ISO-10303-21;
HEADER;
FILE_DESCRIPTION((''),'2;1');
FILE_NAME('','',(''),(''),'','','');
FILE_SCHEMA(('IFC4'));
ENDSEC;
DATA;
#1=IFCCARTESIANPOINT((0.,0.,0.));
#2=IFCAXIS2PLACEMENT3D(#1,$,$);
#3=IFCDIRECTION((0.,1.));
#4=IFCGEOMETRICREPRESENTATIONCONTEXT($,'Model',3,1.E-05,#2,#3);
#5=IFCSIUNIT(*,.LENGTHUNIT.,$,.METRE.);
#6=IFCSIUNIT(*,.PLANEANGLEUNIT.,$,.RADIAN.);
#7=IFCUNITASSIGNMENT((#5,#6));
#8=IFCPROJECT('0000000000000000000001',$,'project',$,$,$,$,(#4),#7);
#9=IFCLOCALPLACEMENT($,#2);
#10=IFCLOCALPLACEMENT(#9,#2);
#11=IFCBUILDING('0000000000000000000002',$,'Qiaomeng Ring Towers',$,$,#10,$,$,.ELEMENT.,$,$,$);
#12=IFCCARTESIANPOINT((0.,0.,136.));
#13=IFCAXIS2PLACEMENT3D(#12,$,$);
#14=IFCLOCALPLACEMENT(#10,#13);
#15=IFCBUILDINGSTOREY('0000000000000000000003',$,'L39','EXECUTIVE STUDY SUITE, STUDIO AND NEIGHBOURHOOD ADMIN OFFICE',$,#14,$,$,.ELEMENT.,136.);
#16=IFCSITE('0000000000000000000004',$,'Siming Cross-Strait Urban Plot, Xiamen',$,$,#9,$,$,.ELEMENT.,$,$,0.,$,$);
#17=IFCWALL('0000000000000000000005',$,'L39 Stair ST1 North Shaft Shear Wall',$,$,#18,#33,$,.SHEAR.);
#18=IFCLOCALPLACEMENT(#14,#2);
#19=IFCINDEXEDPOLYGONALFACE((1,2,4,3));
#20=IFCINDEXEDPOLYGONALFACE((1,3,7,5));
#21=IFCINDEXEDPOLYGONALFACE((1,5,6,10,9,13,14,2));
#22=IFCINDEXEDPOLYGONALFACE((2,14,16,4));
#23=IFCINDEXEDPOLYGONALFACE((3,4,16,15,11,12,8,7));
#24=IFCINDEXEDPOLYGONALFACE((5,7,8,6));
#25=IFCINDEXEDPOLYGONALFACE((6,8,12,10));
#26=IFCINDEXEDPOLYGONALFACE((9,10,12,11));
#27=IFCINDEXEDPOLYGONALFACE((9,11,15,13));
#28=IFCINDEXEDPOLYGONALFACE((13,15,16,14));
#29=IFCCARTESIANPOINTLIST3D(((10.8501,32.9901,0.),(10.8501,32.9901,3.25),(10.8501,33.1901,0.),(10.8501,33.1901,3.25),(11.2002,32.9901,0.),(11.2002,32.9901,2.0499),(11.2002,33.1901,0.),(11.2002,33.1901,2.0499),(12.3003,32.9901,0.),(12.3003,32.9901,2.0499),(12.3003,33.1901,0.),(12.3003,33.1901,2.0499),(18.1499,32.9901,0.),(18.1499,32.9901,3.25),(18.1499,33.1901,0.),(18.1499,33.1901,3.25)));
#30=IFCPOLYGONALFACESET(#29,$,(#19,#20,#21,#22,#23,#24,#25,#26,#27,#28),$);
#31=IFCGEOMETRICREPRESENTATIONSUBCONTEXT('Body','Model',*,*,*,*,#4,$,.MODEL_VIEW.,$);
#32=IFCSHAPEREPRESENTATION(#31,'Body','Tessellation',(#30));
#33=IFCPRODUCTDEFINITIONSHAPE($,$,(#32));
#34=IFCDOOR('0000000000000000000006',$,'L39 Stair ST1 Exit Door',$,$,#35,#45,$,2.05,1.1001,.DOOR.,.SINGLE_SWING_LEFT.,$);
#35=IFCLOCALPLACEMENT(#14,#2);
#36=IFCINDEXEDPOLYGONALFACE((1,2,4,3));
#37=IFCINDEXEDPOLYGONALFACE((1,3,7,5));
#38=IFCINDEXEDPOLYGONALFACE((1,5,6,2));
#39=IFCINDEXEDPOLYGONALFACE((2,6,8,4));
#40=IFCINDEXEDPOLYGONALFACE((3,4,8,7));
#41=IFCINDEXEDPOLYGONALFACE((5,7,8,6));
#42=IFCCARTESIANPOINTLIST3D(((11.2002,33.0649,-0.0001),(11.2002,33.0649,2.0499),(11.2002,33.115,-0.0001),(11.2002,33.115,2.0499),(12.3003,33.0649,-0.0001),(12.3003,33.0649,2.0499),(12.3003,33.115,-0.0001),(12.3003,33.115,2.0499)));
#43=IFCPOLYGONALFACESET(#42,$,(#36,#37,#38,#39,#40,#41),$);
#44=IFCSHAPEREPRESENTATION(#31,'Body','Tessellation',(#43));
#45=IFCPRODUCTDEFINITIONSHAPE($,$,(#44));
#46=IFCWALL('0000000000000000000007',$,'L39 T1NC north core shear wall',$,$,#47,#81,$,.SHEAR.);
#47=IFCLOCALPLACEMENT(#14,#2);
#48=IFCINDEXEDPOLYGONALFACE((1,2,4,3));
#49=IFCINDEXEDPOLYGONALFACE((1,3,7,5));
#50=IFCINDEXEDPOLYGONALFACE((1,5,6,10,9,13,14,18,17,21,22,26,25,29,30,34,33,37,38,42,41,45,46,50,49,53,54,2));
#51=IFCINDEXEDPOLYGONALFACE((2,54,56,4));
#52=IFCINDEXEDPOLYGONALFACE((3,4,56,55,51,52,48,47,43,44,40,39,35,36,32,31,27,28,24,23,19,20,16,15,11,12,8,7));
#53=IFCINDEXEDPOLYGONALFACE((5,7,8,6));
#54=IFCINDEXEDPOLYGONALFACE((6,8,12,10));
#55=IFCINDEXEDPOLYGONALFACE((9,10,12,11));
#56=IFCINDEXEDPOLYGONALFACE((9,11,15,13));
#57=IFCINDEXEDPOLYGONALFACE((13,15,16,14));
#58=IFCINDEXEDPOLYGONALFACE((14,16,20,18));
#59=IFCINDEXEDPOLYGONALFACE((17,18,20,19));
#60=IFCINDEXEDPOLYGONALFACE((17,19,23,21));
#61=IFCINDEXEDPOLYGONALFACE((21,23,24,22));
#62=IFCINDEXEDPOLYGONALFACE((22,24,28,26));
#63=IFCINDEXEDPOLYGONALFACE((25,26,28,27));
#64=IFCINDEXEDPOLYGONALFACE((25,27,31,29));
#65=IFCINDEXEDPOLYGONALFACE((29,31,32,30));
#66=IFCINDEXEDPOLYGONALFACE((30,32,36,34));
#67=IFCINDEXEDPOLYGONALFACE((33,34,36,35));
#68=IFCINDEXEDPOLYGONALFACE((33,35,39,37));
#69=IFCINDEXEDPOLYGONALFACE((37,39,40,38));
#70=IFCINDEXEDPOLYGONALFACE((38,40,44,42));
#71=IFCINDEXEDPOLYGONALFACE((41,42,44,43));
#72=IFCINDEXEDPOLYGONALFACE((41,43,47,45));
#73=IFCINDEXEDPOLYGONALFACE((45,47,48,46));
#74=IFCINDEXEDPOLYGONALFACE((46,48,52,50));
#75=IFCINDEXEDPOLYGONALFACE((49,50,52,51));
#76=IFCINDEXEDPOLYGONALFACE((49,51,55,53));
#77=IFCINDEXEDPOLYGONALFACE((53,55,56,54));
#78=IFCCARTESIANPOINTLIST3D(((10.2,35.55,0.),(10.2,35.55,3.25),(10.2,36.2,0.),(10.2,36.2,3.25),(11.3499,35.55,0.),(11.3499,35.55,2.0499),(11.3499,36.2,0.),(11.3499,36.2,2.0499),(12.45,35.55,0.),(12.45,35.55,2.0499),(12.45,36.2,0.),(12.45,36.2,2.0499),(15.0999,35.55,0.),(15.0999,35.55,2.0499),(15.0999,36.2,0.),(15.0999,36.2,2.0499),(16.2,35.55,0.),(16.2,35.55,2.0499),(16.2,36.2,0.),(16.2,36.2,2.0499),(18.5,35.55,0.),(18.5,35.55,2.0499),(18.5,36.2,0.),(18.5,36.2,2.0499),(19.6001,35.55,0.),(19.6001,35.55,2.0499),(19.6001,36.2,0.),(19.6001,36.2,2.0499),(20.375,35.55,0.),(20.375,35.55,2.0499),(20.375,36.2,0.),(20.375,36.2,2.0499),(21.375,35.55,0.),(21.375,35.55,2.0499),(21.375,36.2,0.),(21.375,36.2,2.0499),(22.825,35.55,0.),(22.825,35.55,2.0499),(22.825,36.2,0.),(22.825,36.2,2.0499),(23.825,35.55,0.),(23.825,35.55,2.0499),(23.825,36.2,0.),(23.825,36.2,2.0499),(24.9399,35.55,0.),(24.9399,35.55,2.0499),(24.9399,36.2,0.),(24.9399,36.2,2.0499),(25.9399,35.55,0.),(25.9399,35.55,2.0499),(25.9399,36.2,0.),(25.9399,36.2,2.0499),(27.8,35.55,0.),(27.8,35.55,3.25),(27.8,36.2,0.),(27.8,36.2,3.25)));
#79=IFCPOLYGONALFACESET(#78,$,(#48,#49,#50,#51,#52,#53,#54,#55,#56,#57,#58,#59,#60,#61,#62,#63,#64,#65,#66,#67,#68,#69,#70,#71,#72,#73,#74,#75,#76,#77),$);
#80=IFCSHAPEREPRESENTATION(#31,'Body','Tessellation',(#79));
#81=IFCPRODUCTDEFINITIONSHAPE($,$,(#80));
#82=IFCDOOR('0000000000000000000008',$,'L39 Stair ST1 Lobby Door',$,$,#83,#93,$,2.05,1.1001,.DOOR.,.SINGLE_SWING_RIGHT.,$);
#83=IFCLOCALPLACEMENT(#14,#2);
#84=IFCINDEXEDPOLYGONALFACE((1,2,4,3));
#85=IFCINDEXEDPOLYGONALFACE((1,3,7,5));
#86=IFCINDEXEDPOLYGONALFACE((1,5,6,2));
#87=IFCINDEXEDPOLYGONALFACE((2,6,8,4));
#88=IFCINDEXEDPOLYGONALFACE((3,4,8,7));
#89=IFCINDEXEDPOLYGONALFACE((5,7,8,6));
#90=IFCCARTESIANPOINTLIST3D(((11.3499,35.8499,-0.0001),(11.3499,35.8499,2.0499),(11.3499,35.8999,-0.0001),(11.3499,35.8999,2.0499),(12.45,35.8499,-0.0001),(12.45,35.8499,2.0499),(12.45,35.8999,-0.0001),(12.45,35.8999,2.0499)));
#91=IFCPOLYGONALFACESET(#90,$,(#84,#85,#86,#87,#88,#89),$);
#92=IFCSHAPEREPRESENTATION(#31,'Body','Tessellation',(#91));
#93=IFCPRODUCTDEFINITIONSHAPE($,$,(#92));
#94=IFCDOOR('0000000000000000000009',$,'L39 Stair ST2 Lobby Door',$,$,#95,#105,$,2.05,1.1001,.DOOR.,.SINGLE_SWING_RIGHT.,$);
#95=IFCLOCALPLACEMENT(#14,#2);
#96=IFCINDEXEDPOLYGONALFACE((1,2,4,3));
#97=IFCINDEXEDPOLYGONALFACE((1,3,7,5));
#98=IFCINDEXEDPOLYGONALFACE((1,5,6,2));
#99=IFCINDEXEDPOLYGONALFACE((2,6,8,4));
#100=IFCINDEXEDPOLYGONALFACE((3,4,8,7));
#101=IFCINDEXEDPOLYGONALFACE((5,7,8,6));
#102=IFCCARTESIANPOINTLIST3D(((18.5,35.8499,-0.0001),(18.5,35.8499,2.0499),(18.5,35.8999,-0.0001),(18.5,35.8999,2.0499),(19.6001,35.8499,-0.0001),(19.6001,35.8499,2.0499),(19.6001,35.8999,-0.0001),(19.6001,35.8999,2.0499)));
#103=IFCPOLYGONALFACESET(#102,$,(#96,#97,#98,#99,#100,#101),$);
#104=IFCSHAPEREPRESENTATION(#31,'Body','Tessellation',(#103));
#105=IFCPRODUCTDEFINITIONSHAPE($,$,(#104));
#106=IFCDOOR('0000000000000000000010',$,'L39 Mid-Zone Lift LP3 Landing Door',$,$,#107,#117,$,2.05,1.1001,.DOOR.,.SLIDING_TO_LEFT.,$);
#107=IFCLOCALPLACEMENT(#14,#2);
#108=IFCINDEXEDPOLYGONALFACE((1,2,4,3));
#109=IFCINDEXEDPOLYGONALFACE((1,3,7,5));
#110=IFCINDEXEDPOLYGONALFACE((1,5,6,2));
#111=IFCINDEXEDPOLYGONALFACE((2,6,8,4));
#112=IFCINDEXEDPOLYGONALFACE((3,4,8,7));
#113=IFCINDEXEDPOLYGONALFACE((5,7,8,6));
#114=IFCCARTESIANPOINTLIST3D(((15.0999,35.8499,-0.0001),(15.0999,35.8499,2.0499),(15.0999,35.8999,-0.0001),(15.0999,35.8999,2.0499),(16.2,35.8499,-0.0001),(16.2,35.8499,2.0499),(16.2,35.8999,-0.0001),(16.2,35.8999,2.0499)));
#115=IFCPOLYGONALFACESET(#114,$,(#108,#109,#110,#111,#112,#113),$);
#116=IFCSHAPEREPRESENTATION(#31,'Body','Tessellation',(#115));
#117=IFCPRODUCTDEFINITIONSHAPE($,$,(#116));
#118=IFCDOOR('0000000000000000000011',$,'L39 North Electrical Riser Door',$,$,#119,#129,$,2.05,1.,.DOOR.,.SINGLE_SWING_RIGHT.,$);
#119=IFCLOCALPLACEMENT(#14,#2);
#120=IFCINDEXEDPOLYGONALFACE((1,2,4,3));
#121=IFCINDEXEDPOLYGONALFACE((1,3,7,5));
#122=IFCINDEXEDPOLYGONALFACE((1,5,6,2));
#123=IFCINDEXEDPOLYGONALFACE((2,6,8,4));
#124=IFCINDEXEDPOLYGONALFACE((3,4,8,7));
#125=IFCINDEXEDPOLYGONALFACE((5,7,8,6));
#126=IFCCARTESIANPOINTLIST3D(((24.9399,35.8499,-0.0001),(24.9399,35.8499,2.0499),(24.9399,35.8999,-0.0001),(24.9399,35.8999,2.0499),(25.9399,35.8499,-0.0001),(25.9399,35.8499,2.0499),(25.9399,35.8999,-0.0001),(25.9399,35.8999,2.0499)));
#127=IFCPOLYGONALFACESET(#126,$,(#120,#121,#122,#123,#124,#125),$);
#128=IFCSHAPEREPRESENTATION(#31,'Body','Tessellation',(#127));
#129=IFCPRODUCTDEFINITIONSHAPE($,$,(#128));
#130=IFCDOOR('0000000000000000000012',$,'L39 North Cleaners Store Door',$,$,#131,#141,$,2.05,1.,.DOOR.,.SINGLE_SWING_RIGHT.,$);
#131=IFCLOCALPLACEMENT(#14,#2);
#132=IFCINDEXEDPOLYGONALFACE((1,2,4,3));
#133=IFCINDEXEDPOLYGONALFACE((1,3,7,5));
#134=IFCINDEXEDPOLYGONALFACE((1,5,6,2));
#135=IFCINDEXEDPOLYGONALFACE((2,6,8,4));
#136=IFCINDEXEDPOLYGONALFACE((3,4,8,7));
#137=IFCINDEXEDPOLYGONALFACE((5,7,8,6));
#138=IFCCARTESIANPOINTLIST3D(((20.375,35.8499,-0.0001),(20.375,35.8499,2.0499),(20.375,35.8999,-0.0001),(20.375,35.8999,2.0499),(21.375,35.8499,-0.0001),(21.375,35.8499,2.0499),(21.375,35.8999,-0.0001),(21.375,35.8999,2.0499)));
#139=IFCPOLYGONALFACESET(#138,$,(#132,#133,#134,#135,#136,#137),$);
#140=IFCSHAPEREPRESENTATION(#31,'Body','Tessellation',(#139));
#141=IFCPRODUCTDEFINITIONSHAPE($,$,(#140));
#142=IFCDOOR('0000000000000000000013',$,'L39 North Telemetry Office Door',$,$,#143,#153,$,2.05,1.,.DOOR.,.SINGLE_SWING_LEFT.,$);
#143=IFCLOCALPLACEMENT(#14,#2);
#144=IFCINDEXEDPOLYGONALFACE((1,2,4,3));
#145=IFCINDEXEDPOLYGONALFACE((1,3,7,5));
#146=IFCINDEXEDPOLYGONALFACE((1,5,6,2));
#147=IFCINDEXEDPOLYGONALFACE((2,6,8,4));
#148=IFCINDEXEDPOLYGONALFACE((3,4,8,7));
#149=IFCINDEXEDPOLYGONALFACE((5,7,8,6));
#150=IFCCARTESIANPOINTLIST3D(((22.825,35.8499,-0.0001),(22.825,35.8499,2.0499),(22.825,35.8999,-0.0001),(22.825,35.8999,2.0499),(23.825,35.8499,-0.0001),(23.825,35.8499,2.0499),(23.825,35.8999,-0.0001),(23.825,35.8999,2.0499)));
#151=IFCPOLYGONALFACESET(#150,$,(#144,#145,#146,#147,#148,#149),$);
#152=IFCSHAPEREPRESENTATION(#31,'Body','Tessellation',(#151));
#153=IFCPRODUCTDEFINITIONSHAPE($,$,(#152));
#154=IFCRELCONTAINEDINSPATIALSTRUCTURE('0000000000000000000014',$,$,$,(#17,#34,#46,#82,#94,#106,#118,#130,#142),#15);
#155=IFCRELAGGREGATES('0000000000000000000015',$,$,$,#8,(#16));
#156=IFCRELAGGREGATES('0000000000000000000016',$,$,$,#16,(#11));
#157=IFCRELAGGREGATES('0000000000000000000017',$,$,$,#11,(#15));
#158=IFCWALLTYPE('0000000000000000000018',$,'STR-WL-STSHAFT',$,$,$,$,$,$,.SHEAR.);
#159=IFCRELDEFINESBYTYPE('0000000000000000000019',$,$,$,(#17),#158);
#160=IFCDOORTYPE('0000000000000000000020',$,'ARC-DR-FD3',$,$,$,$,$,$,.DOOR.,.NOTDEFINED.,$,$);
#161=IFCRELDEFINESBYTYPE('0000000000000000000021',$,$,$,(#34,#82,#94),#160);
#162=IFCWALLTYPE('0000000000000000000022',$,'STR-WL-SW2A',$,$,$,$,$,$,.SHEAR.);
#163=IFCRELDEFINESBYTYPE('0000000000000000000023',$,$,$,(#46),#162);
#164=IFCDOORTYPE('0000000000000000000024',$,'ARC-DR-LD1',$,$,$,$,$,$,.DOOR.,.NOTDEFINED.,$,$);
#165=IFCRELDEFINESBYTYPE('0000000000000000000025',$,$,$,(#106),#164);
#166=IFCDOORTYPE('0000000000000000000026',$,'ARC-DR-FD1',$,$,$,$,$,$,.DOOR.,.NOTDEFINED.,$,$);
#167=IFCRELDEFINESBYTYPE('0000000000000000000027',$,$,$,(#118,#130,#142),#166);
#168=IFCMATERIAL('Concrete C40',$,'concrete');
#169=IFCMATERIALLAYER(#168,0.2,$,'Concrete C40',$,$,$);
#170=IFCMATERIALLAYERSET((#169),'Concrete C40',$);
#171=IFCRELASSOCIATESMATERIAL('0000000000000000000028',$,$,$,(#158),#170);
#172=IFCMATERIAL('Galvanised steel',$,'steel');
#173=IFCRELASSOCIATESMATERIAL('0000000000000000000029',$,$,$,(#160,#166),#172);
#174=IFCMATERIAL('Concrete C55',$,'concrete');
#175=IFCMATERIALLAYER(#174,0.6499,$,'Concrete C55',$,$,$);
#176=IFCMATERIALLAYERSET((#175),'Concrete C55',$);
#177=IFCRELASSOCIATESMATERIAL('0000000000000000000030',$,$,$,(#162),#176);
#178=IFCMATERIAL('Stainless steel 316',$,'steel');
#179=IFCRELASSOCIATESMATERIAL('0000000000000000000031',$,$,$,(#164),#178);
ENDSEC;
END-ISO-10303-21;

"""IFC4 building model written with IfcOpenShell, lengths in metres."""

from ifc_helpers import new_model, si_unit, direction, frame, frame_2d, origin, place, context, subcontext, project, spatial, rectangle, extrude, source, transform, mapped, material, layer, layer_set, type_object, element, fill, save


model = new_model("IFC4")

# Units and contexts
model_context = context("Model", 3, precision=1e-05, world=origin(), true_north=direction((0.0, 1.0)))
body_context = subcontext(model_context, "Body", "Model", "MODEL_VIEW")
ifc_project = project(units=[si_unit("LENGTHUNIT", "METRE"), si_unit("PLANEANGLEUNIT", "RADIAN")], contexts=[model_context])

# Site, building, storey
site_placement = place(None, origin())
site = spatial("IfcSite", under=ifc_project, at=site_placement, Name="Siming Cross-Strait Urban Plot, Xiamen", CompositionType="ELEMENT", RefElevation=0.0)
building_placement = place(site_placement, origin())
building = spatial("IfcBuilding", under=site, at=building_placement, Name="Qiaomeng Ring Towers", CompositionType="ELEMENT")
storey_placement = place(building_placement, frame((0.0, 0.0, 136.0)))
storey = spatial("IfcBuildingStorey", under=building, at=storey_placement, Name="L39", Description="EXECUTIVE STUDY SUITE, STUDIO AND NEIGHBOURHOOD ADMIN OFFICE", CompositionType="ELEMENT", Elevation=136.0)

# Shared definitions
ifc_material_1 = material(Name="Concrete C40", Category="concrete")
ifc_layer_1 = layer(ifc_material_1, 0.2, Name="Concrete C40")
ifc_layer_set_1 = layer_set([ifc_layer_1], Name="Concrete C40")
wall_type_1 = type_object("IfcWallType", Name="STR-WL-STSHAFT", PredefinedType="SHEAR", material=ifc_layer_set_1)

# Wall, opening, door
wall_1_placement = place(storey_placement, frame((10.8501, 33.0901, 0.0), z_axis=(0.0, 0.0, 1.0), x_axis=(1.0, 0.0, 0.0)))
wall_1 = element("IfcWall", 1, at=wall_1_placement, inside=storey, type_object=wall_type_1, Name="L39 Stair ST1 North Shaft Shear Wall", PredefinedType="SHEAR", context=body_context, shape_type="SweptSolid", body=[
    extrude(rectangle(XDim=7.2998, YDim=0.2, at=frame_2d((3.6499, 0.0))), origin(), (0.0, 0.0, 1.0), 3.25),
])
opening_1_placement = place(wall_1_placement, frame((0.3501, 0.0, 0.0)))
opening_1 = element("IfcOpeningElement", 2, at=opening_1_placement, cuts=wall_1, PredefinedType="OPENING", context=body_context, shape_type="SweptSolid", body=[
    extrude(rectangle(XDim=1.1001, YDim=2.05, at=frame_2d((0.55, 1.0249))), frame((0.0, 0.1099, 0.0), z_axis=(0.0, -1.0, 0.0), x_axis=(1.0, 0.0, 0.0)), (0.0, 0.0, 1.0), 0.22),
])
ifc_material_2 = material(Name="Galvanised steel", Category="steel")
door_type_1 = type_object("IfcDoorType", Name="ARC-DR-FD3", OperationType="NOTDEFINED", PredefinedType="DOOR", material=ifc_material_2)
shared_shape_1 = source(origin(), body_context, "Body", "SweptSolid", [
    extrude(rectangle(XDim=1.1001, YDim=2.05, at=frame_2d((0.55, 1.0249))), frame((0.0, 0.0249, 0.0), z_axis=(0.0, -1.0, 0.0), x_axis=(1.0, 0.0, 0.0)), (0.0, 0.0, 1.0), 0.05),
])
door_1_placement = place(opening_1_placement, origin())
door_1 = element("IfcDoor", 3, at=door_1_placement, inside=storey, type_object=door_type_1, Name="L39 Stair ST1 Exit Door", OperationType="SINGLE_SWING_LEFT", OverallHeight=2.05, OverallWidth=1.1001, PredefinedType="DOOR", context=body_context, shape_type="MappedRepresentation", body=[
    mapped(shared_shape_1, transform((0.0, 0.0, 0.0), x_axis=(1.0, 0.0, 0.0), y_axis=(0.0, 1.0, 0.0), z_axis=(0.0, 0.0, 1.0), scale=1.0)),
])
fill(opening_1, door_1)

# Wall, openings, doors
ifc_material_3 = material(Name="Concrete C55", Category="concrete")
ifc_layer_2 = layer(ifc_material_3, 0.6499, Name="Concrete C55")
ifc_layer_set_2 = layer_set([ifc_layer_2], Name="Concrete C55")
wall_type_2 = type_object("IfcWallType", Name="STR-WL-SW2A", PredefinedType="SHEAR", material=ifc_layer_set_2)
wall_2_placement = place(storey_placement, frame((10.2, 35.875, 0.0), z_axis=(0.0, 0.0, 1.0), x_axis=(1.0, 0.0, 0.0)))
wall_2 = element("IfcWall", 4, at=wall_2_placement, inside=storey, type_object=wall_type_2, Name="L39 T1NC north core shear wall", PredefinedType="SHEAR", context=body_context, shape_type="SweptSolid", body=[
    extrude(rectangle(XDim=17.6001, YDim=0.6499, at=frame_2d((8.8, 0.0))), origin(), (0.0, 0.0, 1.0), 3.25),
])
opening_2_placement = place(wall_2_placement, frame((1.1499, 0.0, 0.0)))
opening_2 = element("IfcOpeningElement", 5, at=opening_2_placement, cuts=wall_2, PredefinedType="OPENING", context=body_context, shape_type="SweptSolid", body=[
    extrude(rectangle(XDim=1.1001, YDim=2.05, at=frame_2d((0.55, 1.0249))), frame((0.0, 0.335, 0.0), z_axis=(0.0, -1.0, 0.0), x_axis=(1.0, 0.0, 0.0)), (0.0, 0.0, 1.0), 0.6699),
])
opening_3_placement = place(wall_2_placement, frame((8.3, 0.0, 0.0)))
opening_3 = element("IfcOpeningElement", 6, at=opening_3_placement, cuts=wall_2, PredefinedType="OPENING", context=body_context, shape_type="SweptSolid", body=[
    extrude(rectangle(XDim=1.1001, YDim=2.05, at=frame_2d((0.55, 1.0249))), frame((0.0, 0.335, 0.0), z_axis=(0.0, -1.0, 0.0), x_axis=(1.0, 0.0, 0.0)), (0.0, 0.0, 1.0), 0.6699),
])
opening_4_placement = place(wall_2_placement, frame((4.8999, 0.0, 0.0)))
opening_4 = element("IfcOpeningElement", 7, at=opening_4_placement, cuts=wall_2, PredefinedType="OPENING", context=body_context, shape_type="SweptSolid", body=[
    extrude(rectangle(XDim=1.1001, YDim=2.05, at=frame_2d((0.55, 1.0249))), frame((0.0, 0.335, 0.0), z_axis=(0.0, -1.0, 0.0), x_axis=(1.0, 0.0, 0.0)), (0.0, 0.0, 1.0), 0.6699),
])
opening_5_placement = place(wall_2_placement, frame((14.74, 0.0, 0.0)))
opening_5 = element("IfcOpeningElement", 8, at=opening_5_placement, cuts=wall_2, PredefinedType="OPENING", context=body_context, shape_type="SweptSolid", body=[
    extrude(rectangle(XDim=1.0, YDim=2.05, at=frame_2d((0.5, 1.0249))), frame((0.0, 0.335, 0.0), z_axis=(0.0, -1.0, 0.0), x_axis=(1.0, 0.0, 0.0)), (0.0, 0.0, 1.0), 0.6699),
])
opening_6_placement = place(wall_2_placement, frame((10.175, 0.0, 0.0)))
opening_6 = element("IfcOpeningElement", 9, at=opening_6_placement, cuts=wall_2, PredefinedType="OPENING", context=body_context, shape_type="SweptSolid", body=[
    extrude(rectangle(XDim=1.0, YDim=2.05, at=frame_2d((0.5, 1.0249))), frame((0.0, 0.335, 0.0), z_axis=(0.0, -1.0, 0.0), x_axis=(1.0, 0.0, 0.0)), (0.0, 0.0, 1.0), 0.6699),
])
opening_7_placement = place(wall_2_placement, frame((12.625, 0.0, 0.0)))
opening_7 = element("IfcOpeningElement", 10, at=opening_7_placement, cuts=wall_2, PredefinedType="OPENING", context=body_context, shape_type="SweptSolid", body=[
    extrude(rectangle(XDim=1.0, YDim=2.05, at=frame_2d((0.5, 1.0249))), frame((0.0, 0.335, 0.0), z_axis=(0.0, -1.0, 0.0), x_axis=(1.0, 0.0, 0.0)), (0.0, 0.0, 1.0), 0.6699),
])
door_2_placement = place(opening_2_placement, origin())
door_2 = element("IfcDoor", 11, at=door_2_placement, inside=storey, type_object=door_type_1, Name="L39 Stair ST1 Lobby Door", OperationType="SINGLE_SWING_RIGHT", OverallHeight=2.05, OverallWidth=1.1001, PredefinedType="DOOR", context=body_context, shape_type="MappedRepresentation", body=[
    mapped(shared_shape_1, transform((0.0, 0.0, 0.0), x_axis=(1.0, 0.0, 0.0), y_axis=(0.0, 1.0, 0.0), z_axis=(0.0, 0.0, 1.0), scale=1.0)),
])
fill(opening_2, door_2)
door_3_placement = place(opening_3_placement, origin())
door_3 = element("IfcDoor", 12, at=door_3_placement, inside=storey, type_object=door_type_1, Name="L39 Stair ST2 Lobby Door", OperationType="SINGLE_SWING_RIGHT", OverallHeight=2.05, OverallWidth=1.1001, PredefinedType="DOOR", context=body_context, shape_type="MappedRepresentation", body=[
    mapped(shared_shape_1, transform((0.0, 0.0, 0.0), x_axis=(1.0, 0.0, 0.0), y_axis=(0.0, 1.0, 0.0), z_axis=(0.0, 0.0, 1.0), scale=1.0)),
])
fill(opening_3, door_3)
ifc_material_4 = material(Name="Stainless steel 316", Category="steel")
door_type_2 = type_object("IfcDoorType", Name="ARC-DR-LD1", OperationType="NOTDEFINED", PredefinedType="DOOR", material=ifc_material_4)
door_4_placement = place(opening_4_placement, origin())
door_4 = element("IfcDoor", 13, at=door_4_placement, inside=storey, type_object=door_type_2, Name="L39 Mid-Zone Lift LP3 Landing Door", OperationType="SLIDING_TO_LEFT", OverallHeight=2.05, OverallWidth=1.1001, PredefinedType="DOOR", context=body_context, shape_type="MappedRepresentation", body=[
    mapped(shared_shape_1, transform((0.0, 0.0, 0.0), x_axis=(1.0, 0.0, 0.0), y_axis=(0.0, 1.0, 0.0), z_axis=(0.0, 0.0, 1.0), scale=1.0)),
])
fill(opening_4, door_4)
door_type_3 = type_object("IfcDoorType", Name="ARC-DR-FD1", OperationType="NOTDEFINED", PredefinedType="DOOR", material=ifc_material_2)
shared_shape_2 = source(origin(), body_context, "Body", "SweptSolid", [
    extrude(rectangle(XDim=1.0, YDim=2.05, at=frame_2d((0.5, 1.0249))), frame((0.0, 0.0249, 0.0), z_axis=(0.0, -1.0, 0.0), x_axis=(1.0, 0.0, 0.0)), (0.0, 0.0, 1.0), 0.05),
])
door_5_placement = place(opening_5_placement, origin())
door_5 = element("IfcDoor", 14, at=door_5_placement, inside=storey, type_object=door_type_3, Name="L39 North Electrical Riser Door", OperationType="SINGLE_SWING_RIGHT", OverallHeight=2.05, OverallWidth=1.0, PredefinedType="DOOR", context=body_context, shape_type="MappedRepresentation", body=[
    mapped(shared_shape_2, transform((0.0, 0.0, 0.0), x_axis=(1.0, 0.0, 0.0), y_axis=(0.0, 1.0, 0.0), z_axis=(0.0, 0.0, 1.0), scale=1.0)),
])
fill(opening_5, door_5)
door_6_placement = place(opening_6_placement, origin())
door_6 = element("IfcDoor", 15, at=door_6_placement, inside=storey, type_object=door_type_3, Name="L39 North Cleaners Store Door", OperationType="SINGLE_SWING_RIGHT", OverallHeight=2.05, OverallWidth=1.0, PredefinedType="DOOR", context=body_context, shape_type="MappedRepresentation", body=[
    mapped(shared_shape_2, transform((0.0, 0.0, 0.0), x_axis=(1.0, 0.0, 0.0), y_axis=(0.0, 1.0, 0.0), z_axis=(0.0, 0.0, 1.0), scale=1.0)),
])
fill(opening_6, door_6)
door_7_placement = place(opening_7_placement, origin())
door_7 = element("IfcDoor", 16, at=door_7_placement, inside=storey, type_object=door_type_3, Name="L39 North Telemetry Office Door", OperationType="SINGLE_SWING_LEFT", OverallHeight=2.05, OverallWidth=1.0, PredefinedType="DOOR", context=body_context, shape_type="MappedRepresentation", body=[
    mapped(shared_shape_2, transform((0.0, 0.0, 0.0), x_axis=(1.0, 0.0, 0.0), y_axis=(0.0, 1.0, 0.0), z_axis=(0.0, 0.0, 1.0), scale=1.0)),
])
fill(opening_7, door_7)

save(model, "model.ifc")
